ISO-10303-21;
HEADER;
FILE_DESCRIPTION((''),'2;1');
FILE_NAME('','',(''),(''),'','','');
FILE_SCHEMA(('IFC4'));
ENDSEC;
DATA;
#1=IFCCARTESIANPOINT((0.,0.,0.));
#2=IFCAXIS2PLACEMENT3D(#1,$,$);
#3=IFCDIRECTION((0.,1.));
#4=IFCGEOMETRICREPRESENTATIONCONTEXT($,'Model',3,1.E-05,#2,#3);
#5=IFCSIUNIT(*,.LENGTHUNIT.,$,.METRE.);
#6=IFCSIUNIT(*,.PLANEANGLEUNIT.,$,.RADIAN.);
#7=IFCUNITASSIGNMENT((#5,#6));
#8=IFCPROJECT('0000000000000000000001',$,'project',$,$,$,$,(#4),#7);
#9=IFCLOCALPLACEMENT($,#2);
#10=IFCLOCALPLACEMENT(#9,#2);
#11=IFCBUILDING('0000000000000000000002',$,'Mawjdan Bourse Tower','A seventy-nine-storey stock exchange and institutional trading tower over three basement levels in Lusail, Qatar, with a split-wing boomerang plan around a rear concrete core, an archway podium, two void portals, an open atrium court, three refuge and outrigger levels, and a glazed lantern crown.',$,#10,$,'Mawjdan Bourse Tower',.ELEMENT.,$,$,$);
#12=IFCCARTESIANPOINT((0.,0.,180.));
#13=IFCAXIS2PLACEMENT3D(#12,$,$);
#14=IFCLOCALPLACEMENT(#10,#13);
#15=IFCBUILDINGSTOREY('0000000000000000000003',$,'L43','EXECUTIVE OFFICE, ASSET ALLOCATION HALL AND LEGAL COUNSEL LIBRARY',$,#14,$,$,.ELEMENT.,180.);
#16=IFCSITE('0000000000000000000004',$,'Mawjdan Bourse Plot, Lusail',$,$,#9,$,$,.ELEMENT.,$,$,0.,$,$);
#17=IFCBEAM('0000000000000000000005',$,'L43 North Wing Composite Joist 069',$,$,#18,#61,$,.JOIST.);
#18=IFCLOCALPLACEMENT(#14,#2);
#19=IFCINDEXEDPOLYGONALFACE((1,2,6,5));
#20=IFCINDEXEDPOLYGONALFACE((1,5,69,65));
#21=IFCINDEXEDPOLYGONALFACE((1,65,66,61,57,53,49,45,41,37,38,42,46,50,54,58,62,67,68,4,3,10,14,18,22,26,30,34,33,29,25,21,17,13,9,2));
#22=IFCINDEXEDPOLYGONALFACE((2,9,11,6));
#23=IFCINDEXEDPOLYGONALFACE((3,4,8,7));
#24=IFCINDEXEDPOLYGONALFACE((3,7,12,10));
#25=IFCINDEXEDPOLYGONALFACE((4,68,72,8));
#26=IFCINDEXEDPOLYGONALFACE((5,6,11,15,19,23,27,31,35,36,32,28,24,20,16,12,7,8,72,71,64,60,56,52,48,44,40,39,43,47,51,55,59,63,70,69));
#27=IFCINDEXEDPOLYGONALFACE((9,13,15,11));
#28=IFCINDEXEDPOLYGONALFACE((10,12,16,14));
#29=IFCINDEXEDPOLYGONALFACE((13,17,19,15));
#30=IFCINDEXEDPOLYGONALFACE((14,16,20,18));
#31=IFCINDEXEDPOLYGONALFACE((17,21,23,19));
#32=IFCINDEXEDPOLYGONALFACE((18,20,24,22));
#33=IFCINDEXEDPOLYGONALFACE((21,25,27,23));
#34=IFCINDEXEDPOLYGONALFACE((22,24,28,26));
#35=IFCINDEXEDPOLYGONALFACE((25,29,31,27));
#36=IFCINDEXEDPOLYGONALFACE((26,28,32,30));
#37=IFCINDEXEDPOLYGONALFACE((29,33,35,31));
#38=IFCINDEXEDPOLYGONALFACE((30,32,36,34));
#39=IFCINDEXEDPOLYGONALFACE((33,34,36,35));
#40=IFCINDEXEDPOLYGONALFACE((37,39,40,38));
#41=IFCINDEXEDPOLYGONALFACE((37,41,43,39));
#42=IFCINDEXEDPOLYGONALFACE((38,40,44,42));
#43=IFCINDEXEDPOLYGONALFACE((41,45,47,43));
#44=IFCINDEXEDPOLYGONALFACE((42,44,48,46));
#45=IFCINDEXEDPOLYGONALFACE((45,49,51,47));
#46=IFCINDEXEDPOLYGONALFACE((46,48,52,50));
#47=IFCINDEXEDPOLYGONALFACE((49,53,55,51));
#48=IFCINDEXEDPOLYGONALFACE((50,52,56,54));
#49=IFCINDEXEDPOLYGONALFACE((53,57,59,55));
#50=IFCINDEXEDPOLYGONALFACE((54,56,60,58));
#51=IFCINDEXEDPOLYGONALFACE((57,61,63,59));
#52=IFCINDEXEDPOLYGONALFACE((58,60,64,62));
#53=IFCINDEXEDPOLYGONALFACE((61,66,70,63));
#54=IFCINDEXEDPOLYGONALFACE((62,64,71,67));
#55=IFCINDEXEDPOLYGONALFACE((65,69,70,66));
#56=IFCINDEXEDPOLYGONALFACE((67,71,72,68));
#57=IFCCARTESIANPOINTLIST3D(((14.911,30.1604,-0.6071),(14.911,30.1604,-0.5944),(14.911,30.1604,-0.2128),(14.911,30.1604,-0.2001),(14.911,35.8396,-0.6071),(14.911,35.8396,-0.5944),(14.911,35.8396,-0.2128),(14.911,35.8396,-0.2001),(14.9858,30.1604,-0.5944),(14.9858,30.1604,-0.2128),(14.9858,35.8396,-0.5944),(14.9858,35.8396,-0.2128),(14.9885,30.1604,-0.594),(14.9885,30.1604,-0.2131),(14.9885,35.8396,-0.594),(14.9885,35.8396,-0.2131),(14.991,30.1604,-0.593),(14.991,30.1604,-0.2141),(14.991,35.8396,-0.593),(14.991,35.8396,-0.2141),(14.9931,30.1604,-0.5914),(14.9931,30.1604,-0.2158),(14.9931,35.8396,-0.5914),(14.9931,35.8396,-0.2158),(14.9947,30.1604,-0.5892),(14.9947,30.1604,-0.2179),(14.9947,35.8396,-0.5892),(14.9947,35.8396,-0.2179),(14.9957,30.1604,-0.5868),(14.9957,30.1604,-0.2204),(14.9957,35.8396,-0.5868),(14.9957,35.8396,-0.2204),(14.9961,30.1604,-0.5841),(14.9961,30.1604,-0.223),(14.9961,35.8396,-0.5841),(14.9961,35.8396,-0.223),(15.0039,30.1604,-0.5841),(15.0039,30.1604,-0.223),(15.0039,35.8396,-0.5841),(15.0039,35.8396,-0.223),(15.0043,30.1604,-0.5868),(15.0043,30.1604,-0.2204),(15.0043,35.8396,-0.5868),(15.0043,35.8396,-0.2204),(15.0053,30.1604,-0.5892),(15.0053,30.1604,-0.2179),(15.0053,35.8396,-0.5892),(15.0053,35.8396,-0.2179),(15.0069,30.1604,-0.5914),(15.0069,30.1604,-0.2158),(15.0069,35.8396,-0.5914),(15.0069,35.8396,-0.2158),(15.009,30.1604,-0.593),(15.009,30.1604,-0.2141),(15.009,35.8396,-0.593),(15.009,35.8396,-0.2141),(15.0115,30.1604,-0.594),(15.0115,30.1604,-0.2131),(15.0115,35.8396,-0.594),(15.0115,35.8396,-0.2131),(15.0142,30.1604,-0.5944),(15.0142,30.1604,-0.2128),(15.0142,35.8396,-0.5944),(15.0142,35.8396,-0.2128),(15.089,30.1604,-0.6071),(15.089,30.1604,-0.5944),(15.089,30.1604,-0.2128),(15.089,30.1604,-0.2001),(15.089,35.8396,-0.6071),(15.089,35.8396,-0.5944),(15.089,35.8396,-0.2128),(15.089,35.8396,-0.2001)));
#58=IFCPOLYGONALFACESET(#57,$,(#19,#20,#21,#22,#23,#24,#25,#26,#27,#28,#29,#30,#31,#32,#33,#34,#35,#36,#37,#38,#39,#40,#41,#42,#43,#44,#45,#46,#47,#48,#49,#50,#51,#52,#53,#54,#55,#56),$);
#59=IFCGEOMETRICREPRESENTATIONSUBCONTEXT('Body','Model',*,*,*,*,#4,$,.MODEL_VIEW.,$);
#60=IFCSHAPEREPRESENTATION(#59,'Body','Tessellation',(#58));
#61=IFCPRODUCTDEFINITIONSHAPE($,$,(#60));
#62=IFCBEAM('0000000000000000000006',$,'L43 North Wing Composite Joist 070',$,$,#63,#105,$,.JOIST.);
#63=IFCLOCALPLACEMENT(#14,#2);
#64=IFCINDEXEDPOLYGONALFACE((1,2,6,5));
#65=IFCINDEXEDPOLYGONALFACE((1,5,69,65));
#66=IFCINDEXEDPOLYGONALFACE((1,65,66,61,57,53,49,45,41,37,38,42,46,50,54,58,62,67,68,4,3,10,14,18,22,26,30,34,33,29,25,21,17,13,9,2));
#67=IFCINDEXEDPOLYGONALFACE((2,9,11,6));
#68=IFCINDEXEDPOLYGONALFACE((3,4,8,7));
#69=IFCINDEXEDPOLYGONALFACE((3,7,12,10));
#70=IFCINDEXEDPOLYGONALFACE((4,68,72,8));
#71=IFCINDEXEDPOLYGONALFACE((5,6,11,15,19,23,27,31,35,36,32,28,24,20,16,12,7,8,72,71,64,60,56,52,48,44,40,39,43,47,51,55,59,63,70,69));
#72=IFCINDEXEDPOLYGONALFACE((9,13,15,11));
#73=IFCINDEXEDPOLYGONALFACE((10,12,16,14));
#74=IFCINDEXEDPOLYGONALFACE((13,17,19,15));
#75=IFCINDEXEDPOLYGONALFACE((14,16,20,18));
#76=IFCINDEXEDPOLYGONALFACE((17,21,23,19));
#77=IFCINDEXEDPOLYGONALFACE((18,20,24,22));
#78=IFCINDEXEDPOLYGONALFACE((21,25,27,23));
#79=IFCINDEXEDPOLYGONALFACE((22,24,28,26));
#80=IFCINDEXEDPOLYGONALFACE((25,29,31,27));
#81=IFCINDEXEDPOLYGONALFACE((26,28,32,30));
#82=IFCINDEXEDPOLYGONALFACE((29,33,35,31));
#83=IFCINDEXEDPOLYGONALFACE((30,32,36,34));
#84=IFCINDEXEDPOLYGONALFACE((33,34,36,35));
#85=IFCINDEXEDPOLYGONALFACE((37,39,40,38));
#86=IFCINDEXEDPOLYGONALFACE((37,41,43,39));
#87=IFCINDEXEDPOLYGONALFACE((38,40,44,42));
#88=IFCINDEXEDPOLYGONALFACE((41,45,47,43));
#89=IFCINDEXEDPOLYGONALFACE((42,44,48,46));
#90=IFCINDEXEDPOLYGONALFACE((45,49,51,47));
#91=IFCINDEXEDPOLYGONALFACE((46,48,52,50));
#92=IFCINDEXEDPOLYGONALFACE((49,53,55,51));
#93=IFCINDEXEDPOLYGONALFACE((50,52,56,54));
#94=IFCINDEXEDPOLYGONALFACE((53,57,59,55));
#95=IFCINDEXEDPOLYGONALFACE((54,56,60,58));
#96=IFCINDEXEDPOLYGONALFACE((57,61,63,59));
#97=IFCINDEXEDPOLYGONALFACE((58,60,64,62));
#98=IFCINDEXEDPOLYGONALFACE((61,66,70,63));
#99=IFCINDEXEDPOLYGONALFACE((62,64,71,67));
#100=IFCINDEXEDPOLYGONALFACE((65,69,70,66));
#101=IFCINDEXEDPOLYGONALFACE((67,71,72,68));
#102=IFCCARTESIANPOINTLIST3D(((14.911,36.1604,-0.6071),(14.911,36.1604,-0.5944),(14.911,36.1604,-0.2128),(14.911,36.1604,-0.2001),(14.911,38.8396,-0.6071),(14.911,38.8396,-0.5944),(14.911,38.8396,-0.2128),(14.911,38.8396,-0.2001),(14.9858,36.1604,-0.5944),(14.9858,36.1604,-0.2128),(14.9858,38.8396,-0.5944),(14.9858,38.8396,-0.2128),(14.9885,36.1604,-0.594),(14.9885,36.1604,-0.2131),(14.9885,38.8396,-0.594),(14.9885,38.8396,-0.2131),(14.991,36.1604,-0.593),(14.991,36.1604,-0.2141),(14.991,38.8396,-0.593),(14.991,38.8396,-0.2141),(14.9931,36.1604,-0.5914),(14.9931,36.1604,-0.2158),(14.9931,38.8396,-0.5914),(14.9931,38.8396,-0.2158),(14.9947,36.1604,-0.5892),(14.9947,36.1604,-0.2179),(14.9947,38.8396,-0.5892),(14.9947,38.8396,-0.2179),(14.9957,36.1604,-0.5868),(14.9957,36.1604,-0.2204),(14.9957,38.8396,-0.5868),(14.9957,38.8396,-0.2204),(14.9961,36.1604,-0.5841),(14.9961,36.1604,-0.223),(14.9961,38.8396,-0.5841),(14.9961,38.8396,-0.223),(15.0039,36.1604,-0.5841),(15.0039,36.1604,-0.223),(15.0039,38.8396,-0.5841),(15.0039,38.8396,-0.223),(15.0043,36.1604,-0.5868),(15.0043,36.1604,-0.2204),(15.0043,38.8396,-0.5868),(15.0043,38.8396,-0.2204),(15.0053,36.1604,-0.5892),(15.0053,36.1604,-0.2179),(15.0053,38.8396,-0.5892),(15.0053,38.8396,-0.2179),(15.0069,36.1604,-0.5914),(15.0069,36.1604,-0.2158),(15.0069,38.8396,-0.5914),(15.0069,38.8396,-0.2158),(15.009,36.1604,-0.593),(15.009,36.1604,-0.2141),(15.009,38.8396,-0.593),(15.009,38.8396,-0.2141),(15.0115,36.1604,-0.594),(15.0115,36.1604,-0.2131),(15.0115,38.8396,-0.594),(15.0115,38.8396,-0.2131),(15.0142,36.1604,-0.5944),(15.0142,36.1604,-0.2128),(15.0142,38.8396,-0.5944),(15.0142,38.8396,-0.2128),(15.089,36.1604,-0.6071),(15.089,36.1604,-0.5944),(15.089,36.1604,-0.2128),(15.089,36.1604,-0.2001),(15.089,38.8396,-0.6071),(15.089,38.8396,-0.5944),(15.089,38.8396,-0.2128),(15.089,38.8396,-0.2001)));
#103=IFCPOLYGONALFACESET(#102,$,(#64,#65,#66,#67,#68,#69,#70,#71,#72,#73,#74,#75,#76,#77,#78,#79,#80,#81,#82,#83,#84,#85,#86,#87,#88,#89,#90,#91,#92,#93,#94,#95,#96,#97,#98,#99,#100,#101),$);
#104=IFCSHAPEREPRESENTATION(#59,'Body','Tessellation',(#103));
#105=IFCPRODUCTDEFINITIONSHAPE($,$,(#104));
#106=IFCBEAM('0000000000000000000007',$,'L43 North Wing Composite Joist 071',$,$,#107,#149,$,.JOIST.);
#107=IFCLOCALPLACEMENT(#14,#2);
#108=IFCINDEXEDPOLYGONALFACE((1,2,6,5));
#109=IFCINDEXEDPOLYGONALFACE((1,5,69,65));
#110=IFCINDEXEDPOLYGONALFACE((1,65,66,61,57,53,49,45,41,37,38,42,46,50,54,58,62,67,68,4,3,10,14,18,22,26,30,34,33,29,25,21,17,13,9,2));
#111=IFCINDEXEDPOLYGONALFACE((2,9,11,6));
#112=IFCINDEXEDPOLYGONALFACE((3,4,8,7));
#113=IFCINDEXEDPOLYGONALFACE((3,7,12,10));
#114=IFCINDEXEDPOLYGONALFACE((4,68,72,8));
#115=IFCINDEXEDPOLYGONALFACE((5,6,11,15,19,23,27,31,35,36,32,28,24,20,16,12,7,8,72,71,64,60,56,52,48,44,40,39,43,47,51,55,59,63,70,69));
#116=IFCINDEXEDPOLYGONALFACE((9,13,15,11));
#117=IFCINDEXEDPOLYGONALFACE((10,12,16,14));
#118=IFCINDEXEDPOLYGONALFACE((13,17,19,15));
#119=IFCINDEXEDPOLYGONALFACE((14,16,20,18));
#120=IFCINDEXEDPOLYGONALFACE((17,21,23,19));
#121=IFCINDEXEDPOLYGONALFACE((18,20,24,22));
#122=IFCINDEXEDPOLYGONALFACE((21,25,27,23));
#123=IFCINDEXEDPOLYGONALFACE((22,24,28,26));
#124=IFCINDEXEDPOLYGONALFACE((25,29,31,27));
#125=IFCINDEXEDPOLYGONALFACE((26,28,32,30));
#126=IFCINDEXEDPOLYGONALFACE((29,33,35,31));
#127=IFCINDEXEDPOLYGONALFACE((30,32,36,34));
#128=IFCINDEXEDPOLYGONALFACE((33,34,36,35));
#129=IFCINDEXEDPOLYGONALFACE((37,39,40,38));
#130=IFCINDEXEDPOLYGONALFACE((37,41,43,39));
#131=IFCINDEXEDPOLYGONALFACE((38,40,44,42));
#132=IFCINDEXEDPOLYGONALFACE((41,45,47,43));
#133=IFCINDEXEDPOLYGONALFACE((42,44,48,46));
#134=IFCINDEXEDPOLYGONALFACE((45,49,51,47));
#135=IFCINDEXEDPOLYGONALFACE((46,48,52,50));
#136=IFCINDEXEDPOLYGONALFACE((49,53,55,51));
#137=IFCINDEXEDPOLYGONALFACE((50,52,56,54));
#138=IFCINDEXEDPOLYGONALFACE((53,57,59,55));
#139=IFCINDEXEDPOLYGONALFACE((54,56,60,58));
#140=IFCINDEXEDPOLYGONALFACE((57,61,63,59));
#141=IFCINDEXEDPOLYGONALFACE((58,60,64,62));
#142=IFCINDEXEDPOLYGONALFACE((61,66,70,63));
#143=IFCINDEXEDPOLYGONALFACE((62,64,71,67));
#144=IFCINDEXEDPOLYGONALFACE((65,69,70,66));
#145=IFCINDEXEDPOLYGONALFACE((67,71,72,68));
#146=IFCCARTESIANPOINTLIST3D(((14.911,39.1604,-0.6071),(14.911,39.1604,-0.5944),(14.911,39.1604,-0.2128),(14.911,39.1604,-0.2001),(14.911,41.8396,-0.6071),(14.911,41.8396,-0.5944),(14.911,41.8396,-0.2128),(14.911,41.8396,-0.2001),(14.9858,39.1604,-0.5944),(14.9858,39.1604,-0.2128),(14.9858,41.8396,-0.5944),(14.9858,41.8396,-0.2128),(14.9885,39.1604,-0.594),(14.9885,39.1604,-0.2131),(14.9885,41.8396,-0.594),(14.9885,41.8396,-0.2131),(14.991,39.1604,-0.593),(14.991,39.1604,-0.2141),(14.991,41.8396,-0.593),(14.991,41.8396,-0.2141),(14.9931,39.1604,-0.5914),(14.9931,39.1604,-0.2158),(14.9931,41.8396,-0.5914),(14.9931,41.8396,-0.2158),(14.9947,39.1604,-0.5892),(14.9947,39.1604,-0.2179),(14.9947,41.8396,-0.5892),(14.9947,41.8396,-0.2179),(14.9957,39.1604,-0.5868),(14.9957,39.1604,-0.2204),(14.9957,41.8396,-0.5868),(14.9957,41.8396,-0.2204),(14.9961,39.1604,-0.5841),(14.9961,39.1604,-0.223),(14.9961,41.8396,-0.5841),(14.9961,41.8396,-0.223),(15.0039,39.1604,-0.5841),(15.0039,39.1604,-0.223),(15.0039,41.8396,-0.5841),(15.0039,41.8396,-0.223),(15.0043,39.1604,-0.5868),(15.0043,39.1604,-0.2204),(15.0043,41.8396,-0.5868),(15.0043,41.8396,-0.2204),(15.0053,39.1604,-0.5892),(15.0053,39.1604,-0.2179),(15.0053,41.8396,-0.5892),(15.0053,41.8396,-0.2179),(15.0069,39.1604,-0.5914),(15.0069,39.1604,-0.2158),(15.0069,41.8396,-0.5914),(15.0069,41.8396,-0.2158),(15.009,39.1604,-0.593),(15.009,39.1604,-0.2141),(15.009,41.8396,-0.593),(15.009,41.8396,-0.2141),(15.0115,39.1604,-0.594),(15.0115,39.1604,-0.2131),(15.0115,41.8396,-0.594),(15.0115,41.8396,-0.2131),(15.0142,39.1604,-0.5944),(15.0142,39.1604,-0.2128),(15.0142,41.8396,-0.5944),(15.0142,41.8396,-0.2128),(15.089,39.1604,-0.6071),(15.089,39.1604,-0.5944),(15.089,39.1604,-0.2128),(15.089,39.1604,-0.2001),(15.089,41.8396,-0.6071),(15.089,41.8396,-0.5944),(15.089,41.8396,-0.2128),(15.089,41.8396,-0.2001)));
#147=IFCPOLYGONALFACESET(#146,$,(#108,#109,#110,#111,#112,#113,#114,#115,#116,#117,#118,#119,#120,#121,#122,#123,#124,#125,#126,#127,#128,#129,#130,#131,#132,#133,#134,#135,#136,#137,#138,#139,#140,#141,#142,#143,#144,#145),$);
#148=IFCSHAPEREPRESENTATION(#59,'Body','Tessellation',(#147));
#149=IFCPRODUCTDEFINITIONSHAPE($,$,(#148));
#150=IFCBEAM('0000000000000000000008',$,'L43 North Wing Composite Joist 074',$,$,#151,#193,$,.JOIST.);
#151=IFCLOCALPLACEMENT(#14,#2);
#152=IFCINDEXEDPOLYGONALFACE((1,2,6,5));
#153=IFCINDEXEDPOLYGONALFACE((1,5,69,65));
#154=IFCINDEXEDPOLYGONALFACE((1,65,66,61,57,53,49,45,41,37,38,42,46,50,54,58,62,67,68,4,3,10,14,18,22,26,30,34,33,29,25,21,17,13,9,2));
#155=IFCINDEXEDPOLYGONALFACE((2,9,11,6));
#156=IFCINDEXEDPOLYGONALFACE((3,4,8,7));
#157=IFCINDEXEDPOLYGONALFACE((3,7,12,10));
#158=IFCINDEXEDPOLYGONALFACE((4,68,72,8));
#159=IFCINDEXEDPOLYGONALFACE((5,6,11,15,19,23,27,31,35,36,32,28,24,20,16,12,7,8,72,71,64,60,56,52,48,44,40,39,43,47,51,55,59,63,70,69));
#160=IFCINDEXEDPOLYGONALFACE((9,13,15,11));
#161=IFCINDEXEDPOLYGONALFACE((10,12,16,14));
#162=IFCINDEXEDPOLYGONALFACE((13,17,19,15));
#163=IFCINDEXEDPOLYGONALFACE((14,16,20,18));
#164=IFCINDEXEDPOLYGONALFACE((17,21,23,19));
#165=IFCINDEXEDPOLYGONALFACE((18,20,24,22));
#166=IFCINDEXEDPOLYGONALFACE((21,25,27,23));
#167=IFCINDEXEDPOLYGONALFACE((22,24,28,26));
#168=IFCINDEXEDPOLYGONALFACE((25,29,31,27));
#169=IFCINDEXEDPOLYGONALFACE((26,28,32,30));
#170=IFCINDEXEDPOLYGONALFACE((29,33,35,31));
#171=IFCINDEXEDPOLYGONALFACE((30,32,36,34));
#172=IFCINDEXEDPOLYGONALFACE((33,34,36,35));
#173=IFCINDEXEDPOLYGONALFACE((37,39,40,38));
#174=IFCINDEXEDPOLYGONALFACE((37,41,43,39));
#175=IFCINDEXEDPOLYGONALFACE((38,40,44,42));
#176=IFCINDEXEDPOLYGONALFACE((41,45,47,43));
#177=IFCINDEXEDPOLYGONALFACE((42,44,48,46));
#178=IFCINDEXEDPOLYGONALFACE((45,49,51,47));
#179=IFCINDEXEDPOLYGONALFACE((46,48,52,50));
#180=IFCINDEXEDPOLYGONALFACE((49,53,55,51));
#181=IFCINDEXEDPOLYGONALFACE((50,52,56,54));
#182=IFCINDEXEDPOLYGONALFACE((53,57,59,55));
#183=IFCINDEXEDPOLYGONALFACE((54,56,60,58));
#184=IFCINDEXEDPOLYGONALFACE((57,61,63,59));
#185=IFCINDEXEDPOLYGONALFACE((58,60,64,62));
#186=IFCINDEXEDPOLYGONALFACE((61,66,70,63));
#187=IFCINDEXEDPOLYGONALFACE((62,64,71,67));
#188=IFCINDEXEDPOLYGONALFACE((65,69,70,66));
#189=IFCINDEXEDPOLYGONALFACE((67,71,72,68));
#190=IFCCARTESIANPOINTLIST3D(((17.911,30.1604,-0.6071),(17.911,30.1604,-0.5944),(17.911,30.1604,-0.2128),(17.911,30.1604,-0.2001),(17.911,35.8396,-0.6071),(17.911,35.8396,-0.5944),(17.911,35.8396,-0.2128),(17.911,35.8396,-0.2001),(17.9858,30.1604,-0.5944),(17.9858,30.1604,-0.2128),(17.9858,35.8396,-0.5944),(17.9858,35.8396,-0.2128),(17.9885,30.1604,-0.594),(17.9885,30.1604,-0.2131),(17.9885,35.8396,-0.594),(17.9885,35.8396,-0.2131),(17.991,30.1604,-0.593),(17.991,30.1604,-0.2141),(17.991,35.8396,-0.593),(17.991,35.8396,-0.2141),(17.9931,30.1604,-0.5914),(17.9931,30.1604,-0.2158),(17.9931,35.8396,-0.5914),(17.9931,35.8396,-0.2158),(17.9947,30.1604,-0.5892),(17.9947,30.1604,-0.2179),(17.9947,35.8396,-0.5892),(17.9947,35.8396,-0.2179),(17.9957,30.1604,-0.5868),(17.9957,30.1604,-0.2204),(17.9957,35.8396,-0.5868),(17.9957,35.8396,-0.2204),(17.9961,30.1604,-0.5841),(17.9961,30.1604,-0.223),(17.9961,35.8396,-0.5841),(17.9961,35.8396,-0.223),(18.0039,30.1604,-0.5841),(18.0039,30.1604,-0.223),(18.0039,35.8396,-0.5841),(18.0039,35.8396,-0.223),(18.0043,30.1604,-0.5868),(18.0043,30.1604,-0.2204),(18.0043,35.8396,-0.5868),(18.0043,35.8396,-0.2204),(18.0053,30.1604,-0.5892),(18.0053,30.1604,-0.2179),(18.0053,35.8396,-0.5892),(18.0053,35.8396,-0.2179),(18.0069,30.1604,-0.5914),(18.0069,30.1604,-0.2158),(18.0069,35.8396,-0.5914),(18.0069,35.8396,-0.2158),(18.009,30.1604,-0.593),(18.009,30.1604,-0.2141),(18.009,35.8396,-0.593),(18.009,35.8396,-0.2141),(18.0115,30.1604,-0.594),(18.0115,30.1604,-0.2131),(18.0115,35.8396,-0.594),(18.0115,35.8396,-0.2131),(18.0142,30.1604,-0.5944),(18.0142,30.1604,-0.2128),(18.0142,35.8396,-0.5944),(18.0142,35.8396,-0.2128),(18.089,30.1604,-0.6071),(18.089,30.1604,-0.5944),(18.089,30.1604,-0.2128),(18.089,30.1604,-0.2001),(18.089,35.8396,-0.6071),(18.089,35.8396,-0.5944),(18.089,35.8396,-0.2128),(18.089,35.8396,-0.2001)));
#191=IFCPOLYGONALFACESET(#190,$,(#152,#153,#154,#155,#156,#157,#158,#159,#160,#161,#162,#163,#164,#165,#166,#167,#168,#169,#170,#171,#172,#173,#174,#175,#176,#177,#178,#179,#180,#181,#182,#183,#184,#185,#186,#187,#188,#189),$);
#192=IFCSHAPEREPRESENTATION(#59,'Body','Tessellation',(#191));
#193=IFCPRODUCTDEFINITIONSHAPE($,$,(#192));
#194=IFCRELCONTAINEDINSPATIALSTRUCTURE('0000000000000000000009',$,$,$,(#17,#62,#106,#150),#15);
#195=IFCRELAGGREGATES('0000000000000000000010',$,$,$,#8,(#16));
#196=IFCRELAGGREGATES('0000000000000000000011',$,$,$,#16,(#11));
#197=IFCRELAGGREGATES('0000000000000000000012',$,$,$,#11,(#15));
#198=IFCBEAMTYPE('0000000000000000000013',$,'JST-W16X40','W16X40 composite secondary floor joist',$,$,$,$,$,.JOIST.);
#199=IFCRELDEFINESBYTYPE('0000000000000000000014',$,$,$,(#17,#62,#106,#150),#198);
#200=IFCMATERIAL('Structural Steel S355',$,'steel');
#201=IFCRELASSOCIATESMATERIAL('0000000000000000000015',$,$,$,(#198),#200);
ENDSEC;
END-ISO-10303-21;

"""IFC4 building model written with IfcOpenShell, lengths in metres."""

from ifc_helpers import new_model, si_unit, direction, frame, origin, origin_2d, place, context, subcontext, project, spatial, i_section, extrude, material, material_profile, profile_set, type_object, element, save


model = new_model("IFC4")

# Units and contexts
model_context = context("Model", 3, precision=1e-05, world=origin(), true_north=direction((0.0, 1.0)))
body_context = subcontext(model_context, "Body", "Model", "MODEL_VIEW")
ifc_project = project(units=[si_unit("LENGTHUNIT", "METRE"), si_unit("PLANEANGLEUNIT", "RADIAN")], contexts=[model_context])

# Site, building, storey
site_placement = place(None, origin())
site = spatial("IfcSite", under=ifc_project, at=site_placement, Name="Mawjdan Bourse Plot, Lusail", CompositionType="ELEMENT", RefElevation=0.0)
building_placement = place(site_placement, origin())
building = spatial("IfcBuilding", under=site, at=building_placement, Name="Mawjdan Bourse Tower", Description="A seventy-nine-storey stock exchange and institutional trading tower over three basement levels in Lusail, Qatar, with a split-wing boomerang plan around a rear concrete core, an archway podium, two void portals, an open atrium court, three refuge and outrigger levels, and a glazed lantern crown.", LongName="Mawjdan Bourse Tower", CompositionType="ELEMENT")
storey_placement = place(building_placement, frame((0.0, 0.0, 180.0)))
storey = spatial("IfcBuildingStorey", under=building, at=storey_placement, Name="L43", Description="EXECUTIVE OFFICE, ASSET ALLOCATION HALL AND LEGAL COUNSEL LIBRARY", CompositionType="ELEMENT", Elevation=180.0)

# Beams
ifc_material_1 = material(Name="Structural Steel S355", Category="steel")
ifc_material_profile_1 = material_profile(ifc_material_1, i_section(OverallWidth=0.178, OverallDepth=0.407, WebThickness=0.0078, FlangeThickness=0.0127, FilletRadius=0.0103, at=origin_2d()), Name="W16X40")
ifc_profile_set_1 = profile_set([ifc_material_profile_1], Name="Structural Steel S355")
beam_type_1 = type_object("IfcBeamType", Name="JST-W16X40", Description="W16X40 composite secondary floor joist", PredefinedType="JOIST", material=ifc_profile_set_1)
beam_1_placement = place(storey_placement, frame((15.0, 30.1604, -0.4036), z_axis=(0.0, 1.0, 0.0), x_axis=(-1.0, 0.0, 0.0)))
element("IfcBeam", 1, at=beam_1_placement, inside=storey, type_object=beam_type_1, Name="L43 North Wing Composite Joist 069", PredefinedType="JOIST", context=body_context, shape_type="SweptSolid", body=[
    extrude(i_section(OverallWidth=0.178, OverallDepth=0.407, WebThickness=0.0078, FlangeThickness=0.0127, FilletRadius=0.0103, at=origin_2d()), origin(), (0.0, 0.0, 1.0), 5.6792),
])
for number, where, z_axis, x_axis, name in (
    (2, (15.0, 36.1604, -0.4036), (0.0, 1.0, 0.0), (-1.0, 0.0, 0.0), "L43 North Wing Composite Joist 070"),
    (3, (15.0, 39.1604, -0.4036), (0.0, 1.0, 0.0), (-1.0, 0.0, 0.0), "L43 North Wing Composite Joist 071"),
):
    element("IfcBeam", number, at=place(storey_placement, frame(where, z_axis=z_axis, x_axis=x_axis)), inside=storey, type_object=beam_type_1, Name=name, PredefinedType="JOIST", context=body_context, shape_type="SweptSolid", body=[
        extrude(i_section(OverallWidth=0.178, OverallDepth=0.407, WebThickness=0.0078, FlangeThickness=0.0127, FilletRadius=0.0103, at=origin_2d()), origin(), (0.0, 0.0, 1.0), 2.6792),
    ])
beam_2_placement = place(storey_placement, frame((18.0, 30.1604, -0.4036), z_axis=(0.0, 1.0, 0.0), x_axis=(-1.0, 0.0, 0.0)))
element("IfcBeam", 4, at=beam_2_placement, inside=storey, type_object=beam_type_1, Name="L43 North Wing Composite Joist 074", PredefinedType="JOIST", context=body_context, shape_type="SweptSolid", body=[
    extrude(i_section(OverallWidth=0.178, OverallDepth=0.407, WebThickness=0.0078, FlangeThickness=0.0127, FilletRadius=0.0103, at=origin_2d()), origin(), (0.0, 0.0, 1.0), 5.6792),
])

save(model, "model.ifc")
